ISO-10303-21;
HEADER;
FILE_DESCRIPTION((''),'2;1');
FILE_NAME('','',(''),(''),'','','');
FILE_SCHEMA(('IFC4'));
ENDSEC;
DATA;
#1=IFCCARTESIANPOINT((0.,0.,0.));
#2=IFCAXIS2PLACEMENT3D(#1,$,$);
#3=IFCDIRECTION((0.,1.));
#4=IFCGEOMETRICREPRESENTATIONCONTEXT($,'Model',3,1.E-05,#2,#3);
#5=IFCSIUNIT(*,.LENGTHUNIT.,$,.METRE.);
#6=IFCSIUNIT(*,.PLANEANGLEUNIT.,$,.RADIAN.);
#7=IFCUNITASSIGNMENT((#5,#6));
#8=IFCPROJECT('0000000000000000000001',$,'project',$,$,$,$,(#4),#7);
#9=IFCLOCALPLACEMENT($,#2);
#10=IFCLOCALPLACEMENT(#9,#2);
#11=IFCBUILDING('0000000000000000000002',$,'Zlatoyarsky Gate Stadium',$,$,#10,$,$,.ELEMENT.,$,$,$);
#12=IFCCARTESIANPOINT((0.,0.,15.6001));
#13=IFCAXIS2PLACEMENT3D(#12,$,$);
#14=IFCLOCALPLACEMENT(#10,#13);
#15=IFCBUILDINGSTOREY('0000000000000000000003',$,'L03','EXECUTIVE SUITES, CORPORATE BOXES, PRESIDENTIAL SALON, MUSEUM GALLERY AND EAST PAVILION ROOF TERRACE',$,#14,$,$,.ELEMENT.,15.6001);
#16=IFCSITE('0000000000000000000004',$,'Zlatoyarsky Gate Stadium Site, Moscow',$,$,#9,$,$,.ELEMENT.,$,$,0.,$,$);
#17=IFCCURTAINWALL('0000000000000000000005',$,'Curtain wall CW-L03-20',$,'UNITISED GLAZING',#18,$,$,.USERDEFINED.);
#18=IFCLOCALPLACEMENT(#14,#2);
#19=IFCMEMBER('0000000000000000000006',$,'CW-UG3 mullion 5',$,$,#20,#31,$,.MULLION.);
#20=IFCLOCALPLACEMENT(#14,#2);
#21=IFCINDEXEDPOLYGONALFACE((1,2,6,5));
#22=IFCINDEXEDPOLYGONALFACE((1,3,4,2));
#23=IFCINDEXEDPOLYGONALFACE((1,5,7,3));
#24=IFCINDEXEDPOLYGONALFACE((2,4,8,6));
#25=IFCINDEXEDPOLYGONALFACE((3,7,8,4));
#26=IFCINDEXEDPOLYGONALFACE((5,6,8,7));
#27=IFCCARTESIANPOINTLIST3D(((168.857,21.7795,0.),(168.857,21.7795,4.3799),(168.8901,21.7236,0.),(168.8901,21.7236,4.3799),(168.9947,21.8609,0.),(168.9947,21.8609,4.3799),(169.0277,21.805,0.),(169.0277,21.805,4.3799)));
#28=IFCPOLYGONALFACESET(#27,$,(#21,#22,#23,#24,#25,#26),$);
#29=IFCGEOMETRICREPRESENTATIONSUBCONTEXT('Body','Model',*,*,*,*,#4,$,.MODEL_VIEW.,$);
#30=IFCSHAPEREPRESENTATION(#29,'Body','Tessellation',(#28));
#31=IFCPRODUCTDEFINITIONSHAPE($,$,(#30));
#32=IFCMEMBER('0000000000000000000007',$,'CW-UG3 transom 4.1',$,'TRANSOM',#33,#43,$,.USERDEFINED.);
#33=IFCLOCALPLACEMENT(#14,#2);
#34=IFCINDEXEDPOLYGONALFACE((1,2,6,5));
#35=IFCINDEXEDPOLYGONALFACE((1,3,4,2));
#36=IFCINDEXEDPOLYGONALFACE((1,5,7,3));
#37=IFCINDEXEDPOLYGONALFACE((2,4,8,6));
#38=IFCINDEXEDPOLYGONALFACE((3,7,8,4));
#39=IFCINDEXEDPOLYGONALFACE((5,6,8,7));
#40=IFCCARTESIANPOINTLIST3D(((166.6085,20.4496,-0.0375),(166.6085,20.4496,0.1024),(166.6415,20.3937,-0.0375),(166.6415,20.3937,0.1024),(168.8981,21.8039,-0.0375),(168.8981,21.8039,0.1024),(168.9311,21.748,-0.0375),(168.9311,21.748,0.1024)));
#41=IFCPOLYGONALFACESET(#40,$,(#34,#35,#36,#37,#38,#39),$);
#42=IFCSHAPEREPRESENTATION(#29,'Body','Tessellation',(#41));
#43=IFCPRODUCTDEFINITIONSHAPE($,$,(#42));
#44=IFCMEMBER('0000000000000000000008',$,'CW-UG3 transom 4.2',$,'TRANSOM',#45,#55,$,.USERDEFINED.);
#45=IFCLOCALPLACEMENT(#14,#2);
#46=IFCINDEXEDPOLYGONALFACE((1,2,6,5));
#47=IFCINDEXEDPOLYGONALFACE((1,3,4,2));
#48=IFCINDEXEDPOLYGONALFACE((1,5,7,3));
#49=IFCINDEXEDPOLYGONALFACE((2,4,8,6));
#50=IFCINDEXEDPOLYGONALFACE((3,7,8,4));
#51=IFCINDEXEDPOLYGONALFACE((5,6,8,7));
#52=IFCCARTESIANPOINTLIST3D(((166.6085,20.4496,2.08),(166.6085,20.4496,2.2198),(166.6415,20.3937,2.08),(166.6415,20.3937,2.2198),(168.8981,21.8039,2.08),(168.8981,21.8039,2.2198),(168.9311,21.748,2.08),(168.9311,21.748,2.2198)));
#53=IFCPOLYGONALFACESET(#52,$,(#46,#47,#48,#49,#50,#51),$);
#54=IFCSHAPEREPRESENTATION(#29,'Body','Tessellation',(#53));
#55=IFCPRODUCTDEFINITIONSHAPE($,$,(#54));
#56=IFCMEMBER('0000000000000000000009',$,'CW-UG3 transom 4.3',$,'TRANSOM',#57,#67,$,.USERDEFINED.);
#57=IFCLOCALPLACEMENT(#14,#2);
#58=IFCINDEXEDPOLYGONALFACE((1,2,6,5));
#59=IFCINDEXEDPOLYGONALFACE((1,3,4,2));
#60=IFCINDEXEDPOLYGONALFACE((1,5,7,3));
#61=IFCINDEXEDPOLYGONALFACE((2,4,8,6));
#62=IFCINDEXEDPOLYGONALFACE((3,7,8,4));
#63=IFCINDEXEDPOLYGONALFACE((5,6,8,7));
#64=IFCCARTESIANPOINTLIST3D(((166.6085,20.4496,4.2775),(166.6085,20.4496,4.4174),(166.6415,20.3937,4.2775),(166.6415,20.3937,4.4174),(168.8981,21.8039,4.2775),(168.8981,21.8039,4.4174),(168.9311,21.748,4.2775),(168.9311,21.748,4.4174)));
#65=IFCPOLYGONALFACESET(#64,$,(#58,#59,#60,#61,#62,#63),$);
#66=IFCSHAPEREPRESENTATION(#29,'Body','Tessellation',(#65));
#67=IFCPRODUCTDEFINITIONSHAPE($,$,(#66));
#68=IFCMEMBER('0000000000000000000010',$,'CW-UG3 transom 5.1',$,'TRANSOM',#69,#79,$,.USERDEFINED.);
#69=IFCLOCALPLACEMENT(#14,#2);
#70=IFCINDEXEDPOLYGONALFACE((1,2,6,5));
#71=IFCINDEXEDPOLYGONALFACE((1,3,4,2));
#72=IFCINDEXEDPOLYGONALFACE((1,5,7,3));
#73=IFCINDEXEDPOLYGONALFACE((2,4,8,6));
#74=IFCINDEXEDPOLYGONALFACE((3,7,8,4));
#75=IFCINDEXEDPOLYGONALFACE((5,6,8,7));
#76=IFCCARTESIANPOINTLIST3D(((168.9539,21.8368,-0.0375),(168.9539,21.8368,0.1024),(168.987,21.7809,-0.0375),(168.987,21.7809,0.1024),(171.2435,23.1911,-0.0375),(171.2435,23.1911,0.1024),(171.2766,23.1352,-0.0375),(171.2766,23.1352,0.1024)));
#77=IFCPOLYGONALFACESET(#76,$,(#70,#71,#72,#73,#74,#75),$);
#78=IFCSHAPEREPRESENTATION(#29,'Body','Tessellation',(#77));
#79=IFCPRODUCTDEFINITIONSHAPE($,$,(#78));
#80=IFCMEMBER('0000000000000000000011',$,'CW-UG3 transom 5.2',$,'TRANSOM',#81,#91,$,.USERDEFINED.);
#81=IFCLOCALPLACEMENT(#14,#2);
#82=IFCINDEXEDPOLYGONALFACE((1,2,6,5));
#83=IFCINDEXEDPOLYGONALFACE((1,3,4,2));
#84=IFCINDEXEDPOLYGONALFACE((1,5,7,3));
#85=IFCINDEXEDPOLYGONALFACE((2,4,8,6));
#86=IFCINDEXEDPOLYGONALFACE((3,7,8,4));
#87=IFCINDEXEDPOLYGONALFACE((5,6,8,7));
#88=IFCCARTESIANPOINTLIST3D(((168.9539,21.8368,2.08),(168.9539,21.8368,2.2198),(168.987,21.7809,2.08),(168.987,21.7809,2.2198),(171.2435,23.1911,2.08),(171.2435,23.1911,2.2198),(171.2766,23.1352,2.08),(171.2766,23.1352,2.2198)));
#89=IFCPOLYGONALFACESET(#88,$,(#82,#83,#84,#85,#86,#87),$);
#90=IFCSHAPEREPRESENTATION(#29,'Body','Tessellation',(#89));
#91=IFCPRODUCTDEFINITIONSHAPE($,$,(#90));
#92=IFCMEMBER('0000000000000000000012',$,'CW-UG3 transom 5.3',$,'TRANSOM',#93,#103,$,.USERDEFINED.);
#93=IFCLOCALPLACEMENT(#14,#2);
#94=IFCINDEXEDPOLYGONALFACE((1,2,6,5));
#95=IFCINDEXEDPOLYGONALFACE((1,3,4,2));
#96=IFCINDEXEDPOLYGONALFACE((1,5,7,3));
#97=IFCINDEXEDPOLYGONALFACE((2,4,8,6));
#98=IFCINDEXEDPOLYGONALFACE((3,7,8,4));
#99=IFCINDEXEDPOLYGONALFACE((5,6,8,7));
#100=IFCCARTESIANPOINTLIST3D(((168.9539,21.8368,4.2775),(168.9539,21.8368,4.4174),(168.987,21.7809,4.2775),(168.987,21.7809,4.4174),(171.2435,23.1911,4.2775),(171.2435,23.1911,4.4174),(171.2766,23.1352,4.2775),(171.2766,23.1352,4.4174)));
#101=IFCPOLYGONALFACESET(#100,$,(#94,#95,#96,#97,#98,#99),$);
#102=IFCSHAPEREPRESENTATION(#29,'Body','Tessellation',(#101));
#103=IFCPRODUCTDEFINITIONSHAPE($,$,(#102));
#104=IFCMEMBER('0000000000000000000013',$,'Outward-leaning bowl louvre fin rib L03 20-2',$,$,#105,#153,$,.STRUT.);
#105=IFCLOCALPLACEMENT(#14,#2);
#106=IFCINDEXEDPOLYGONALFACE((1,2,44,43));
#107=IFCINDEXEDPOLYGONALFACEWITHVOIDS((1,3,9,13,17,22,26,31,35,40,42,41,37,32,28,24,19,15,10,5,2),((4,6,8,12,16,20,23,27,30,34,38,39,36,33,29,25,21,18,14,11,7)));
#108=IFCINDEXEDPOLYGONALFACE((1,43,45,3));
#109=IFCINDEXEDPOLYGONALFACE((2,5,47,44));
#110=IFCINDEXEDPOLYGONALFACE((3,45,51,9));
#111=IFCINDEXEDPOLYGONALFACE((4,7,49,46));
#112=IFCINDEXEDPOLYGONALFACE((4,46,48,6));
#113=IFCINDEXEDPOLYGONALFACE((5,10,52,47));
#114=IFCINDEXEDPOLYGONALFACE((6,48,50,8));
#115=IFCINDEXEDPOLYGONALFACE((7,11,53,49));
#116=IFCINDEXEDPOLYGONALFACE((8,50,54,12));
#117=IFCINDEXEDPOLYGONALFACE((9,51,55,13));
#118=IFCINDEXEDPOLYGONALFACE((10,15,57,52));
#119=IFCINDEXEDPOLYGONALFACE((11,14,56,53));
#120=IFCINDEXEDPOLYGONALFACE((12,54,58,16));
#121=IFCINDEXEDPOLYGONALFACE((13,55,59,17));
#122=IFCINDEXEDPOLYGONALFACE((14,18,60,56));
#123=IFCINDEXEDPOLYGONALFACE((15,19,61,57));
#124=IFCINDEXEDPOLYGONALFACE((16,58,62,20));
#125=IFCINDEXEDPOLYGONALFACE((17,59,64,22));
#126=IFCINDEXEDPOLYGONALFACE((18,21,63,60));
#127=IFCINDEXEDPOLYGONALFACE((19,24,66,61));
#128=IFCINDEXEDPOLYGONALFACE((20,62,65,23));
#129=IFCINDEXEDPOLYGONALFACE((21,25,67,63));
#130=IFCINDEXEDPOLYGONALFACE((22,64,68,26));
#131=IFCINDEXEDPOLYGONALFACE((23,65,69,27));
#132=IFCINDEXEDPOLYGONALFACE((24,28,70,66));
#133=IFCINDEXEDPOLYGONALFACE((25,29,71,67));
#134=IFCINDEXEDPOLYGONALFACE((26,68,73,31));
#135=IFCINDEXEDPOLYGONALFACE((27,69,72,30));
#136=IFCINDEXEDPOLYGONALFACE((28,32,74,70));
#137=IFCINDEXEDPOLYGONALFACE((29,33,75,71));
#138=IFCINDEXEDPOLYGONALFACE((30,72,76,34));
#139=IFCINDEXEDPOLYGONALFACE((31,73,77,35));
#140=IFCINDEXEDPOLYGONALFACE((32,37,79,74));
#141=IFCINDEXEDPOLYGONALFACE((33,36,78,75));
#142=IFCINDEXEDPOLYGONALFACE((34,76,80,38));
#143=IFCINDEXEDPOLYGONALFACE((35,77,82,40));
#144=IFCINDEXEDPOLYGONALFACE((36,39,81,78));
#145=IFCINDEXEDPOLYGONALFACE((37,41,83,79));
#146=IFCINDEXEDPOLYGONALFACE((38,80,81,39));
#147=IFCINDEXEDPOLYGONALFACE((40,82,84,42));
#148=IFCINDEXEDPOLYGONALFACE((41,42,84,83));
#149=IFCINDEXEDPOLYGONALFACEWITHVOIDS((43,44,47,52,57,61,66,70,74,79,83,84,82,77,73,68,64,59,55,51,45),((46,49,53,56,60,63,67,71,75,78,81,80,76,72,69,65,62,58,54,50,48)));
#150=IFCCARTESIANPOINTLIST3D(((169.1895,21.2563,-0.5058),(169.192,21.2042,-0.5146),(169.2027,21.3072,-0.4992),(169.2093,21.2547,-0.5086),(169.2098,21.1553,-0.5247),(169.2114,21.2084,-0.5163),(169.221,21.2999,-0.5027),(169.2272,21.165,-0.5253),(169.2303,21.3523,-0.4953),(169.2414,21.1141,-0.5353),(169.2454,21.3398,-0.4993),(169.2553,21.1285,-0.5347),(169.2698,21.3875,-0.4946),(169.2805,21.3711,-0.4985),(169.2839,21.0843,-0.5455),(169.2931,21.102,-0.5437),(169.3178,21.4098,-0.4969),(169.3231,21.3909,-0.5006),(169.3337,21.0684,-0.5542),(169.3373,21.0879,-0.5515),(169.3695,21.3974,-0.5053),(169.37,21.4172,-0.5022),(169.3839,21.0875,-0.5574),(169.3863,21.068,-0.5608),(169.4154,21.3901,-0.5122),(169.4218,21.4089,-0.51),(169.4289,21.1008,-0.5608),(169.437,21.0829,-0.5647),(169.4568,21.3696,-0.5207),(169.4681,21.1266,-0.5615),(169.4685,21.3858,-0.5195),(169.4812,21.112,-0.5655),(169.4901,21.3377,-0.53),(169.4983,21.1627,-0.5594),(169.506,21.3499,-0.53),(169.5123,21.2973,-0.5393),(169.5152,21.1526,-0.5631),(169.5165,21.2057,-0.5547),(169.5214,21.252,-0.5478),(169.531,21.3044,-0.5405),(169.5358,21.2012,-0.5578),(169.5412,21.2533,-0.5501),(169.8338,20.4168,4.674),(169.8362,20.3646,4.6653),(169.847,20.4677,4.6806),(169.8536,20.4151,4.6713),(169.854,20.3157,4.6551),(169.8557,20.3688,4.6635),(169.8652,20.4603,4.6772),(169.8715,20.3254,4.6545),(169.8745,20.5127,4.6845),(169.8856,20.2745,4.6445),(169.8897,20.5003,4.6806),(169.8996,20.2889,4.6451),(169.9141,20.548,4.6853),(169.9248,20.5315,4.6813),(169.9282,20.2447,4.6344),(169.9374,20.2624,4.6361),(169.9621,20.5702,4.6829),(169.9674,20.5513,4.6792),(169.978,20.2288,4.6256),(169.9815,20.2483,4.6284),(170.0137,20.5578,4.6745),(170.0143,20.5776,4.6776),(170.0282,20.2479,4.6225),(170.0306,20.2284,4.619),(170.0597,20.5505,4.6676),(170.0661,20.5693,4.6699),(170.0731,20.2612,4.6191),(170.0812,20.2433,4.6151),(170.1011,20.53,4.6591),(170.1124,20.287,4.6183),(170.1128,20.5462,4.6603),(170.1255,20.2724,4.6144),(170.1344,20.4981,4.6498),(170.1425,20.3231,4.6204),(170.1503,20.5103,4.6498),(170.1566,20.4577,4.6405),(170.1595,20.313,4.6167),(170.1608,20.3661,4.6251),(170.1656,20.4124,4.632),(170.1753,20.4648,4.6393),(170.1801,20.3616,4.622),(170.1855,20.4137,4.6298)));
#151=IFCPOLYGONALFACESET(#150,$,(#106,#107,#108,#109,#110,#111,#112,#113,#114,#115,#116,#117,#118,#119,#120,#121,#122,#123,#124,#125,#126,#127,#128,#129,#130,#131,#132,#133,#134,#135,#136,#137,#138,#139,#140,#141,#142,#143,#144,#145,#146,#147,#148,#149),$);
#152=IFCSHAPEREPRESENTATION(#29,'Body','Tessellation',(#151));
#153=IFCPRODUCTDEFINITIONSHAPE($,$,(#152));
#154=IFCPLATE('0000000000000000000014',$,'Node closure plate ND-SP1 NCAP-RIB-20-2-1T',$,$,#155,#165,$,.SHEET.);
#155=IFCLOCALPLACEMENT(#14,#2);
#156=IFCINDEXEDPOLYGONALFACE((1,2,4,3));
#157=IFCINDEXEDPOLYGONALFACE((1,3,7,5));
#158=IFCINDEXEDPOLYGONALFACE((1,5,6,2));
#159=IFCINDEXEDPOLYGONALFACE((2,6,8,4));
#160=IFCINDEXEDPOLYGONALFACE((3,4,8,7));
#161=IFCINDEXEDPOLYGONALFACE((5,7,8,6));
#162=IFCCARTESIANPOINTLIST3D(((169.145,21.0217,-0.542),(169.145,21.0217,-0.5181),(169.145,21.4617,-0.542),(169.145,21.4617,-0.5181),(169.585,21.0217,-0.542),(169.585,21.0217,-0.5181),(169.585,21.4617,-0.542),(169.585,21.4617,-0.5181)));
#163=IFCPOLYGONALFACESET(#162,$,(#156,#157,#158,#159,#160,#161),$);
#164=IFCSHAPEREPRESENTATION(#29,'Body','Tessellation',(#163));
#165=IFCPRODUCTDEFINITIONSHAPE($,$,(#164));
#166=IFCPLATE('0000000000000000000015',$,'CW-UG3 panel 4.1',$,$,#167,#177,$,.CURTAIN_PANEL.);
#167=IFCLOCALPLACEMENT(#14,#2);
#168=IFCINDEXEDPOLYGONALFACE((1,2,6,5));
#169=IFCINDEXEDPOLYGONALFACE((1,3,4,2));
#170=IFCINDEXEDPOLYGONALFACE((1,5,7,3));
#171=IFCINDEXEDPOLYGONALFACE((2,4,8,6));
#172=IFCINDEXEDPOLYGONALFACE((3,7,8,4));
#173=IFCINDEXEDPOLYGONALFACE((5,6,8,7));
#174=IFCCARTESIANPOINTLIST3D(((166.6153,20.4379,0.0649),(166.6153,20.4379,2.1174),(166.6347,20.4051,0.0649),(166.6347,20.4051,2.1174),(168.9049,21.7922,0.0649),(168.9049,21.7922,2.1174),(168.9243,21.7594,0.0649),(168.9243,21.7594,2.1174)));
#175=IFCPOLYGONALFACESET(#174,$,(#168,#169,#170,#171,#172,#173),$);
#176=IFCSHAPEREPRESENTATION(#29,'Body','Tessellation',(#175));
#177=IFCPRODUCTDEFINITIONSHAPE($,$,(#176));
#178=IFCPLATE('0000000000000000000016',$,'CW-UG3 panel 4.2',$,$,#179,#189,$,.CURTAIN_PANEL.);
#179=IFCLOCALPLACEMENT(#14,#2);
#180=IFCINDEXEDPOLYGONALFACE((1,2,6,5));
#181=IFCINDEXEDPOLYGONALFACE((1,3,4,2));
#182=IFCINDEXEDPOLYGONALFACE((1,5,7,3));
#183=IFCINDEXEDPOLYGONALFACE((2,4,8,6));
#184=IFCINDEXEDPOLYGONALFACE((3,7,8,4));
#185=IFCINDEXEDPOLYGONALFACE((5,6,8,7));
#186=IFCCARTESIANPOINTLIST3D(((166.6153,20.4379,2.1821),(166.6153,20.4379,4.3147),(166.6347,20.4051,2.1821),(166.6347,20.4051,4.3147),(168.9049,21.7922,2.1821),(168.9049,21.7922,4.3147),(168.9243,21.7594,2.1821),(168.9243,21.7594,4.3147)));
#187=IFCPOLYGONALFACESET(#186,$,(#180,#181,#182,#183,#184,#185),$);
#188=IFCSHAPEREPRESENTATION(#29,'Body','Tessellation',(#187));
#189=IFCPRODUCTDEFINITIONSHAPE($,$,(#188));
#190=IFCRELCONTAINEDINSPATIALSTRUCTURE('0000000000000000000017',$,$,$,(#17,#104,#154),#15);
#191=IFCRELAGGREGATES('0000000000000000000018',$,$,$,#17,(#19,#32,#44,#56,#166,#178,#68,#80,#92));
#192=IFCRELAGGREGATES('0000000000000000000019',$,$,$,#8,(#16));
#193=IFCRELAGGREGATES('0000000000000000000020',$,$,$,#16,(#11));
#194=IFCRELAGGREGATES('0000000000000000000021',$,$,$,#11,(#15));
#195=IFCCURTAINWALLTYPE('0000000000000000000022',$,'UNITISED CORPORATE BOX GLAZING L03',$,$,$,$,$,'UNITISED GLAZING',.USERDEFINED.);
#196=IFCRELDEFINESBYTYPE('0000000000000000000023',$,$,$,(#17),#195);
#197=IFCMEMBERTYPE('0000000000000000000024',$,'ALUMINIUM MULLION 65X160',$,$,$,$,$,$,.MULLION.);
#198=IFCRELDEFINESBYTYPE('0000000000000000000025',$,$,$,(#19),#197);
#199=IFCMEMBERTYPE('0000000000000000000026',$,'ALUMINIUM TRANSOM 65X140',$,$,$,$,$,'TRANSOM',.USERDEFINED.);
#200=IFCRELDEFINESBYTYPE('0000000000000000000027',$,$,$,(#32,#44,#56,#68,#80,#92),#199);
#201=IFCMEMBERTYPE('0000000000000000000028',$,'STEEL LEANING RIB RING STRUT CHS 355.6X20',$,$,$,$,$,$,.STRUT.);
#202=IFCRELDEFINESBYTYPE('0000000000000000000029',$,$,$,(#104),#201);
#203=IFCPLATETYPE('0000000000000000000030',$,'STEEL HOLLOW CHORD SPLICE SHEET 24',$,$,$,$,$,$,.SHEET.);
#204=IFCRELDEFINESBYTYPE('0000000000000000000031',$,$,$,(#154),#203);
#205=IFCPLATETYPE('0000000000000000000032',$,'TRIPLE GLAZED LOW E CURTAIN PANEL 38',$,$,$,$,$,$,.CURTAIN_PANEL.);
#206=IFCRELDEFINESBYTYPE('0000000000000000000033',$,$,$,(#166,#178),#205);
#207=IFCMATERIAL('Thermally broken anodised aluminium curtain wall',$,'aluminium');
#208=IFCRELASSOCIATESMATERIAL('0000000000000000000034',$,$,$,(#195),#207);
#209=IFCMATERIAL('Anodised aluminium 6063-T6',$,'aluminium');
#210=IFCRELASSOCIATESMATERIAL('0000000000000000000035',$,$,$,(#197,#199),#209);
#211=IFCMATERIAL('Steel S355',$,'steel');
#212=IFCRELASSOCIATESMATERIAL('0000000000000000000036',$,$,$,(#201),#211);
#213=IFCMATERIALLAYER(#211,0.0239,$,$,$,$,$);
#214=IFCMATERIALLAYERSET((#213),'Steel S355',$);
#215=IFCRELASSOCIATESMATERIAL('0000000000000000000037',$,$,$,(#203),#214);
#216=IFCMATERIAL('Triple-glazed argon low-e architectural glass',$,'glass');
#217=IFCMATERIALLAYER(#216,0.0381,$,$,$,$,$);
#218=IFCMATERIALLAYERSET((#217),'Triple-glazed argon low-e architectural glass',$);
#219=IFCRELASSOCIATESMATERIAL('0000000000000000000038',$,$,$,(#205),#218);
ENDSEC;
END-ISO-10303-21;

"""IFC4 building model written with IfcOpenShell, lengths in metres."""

from ifc_helpers import new_model, si_unit, direction, frame, origin, origin_2d, place, context, subcontext, project, spatial, rectangle, hollow_circle, extrude, material, layer, layer_set, material_profile, profile_set, type_object, element, aggregate, save


model = new_model("IFC4")

# Units and contexts
model_context = context("Model", 3, precision=1e-05, world=origin(), true_north=direction((0.0, 1.0)))
body_context = subcontext(model_context, "Body", "Model", "MODEL_VIEW")
ifc_project = project(units=[si_unit("LENGTHUNIT", "METRE"), si_unit("PLANEANGLEUNIT", "RADIAN")], contexts=[model_context])

# Site, building, storey
site_placement = place(None, origin())
site = spatial("IfcSite", under=ifc_project, at=site_placement, Name="Zlatoyarsky Gate Stadium Site, Moscow", CompositionType="ELEMENT", RefElevation=0.0)
building_placement = place(site_placement, origin())
building = spatial("IfcBuilding", under=site, at=building_placement, Name="Zlatoyarsky Gate Stadium", CompositionType="ELEMENT")
storey_placement = place(building_placement, frame((0.0, 0.0, 15.6001)))
storey = spatial("IfcBuildingStorey", under=building, at=storey_placement, Name="L03", Description="EXECUTIVE SUITES, CORPORATE BOXES, PRESIDENTIAL SALON, MUSEUM GALLERY AND EAST PAVILION ROOF TERRACE", CompositionType="ELEMENT", Elevation=15.6001)

# Curtain wall, members
ifc_material_1 = material(Name="Thermally broken anodised aluminium curtain wall", Category="aluminium")
curtain_wall_type = type_object("IfcCurtainWallType", Name="UNITISED CORPORATE BOX GLAZING L03", ElementType="UNITISED GLAZING", PredefinedType="USERDEFINED", material=ifc_material_1)
curtain_wall_placement = place(storey_placement, origin())
curtain_wall = element("IfcCurtainWall", 1, at=curtain_wall_placement, inside=storey, type_object=curtain_wall_type, Name="Curtain wall CW-L03-20", ObjectType="UNITISED GLAZING", PredefinedType="USERDEFINED")
ifc_material_2 = material(Name="Anodised aluminium 6063-T6", Category="aluminium")
ifc_material_profile_1 = material_profile(ifc_material_2, rectangle(XDim=0.0649, YDim=0.1599, at=origin_2d()), Name="ALU 65X160")
ifc_profile_set_1 = profile_set([ifc_material_profile_1], Name="Anodised aluminium 6063-T6")
member_type_1 = type_object("IfcMemberType", Name="ALUMINIUM MULLION 65X160", PredefinedType="MULLION", material=ifc_profile_set_1)
member_1_placement = place(storey_placement, frame((168.9424, 21.7922, 0.0), z_axis=(0.0, 0.0, 1.0), x_axis=(-0.509098, 0.860708, 0.0)))
member_1 = element("IfcMember", 2, at=member_1_placement, type_object=member_type_1, Name="CW-UG3 mullion 5", PredefinedType="MULLION", context=body_context, shape_type="SweptSolid", body=[
    extrude(rectangle(XDim=0.0649, YDim=0.1599, at=origin_2d()), origin(), (0.0, 0.0, 1.0), 4.3799),
])
ifc_material_profile_2 = material_profile(ifc_material_2, rectangle(XDim=0.0649, YDim=0.1399, at=origin_2d()), Name="ALU 65X140")
ifc_profile_set_2 = profile_set([ifc_material_profile_2], Name="Anodised aluminium 6063-T6")
member_type_2 = type_object("IfcMemberType", Name="ALUMINIUM TRANSOM 65X140", ElementType="TRANSOM", PredefinedType="USERDEFINED", material=ifc_profile_set_2)
member_2_placement = place(storey_placement, frame((166.625, 20.4216, 0.0325), z_axis=(0.860707, 0.5091, 0.0), x_axis=(-0.5091, 0.860707, 0.0)))
member_2 = element("IfcMember", 3, at=member_2_placement, type_object=member_type_2, Name="CW-UG3 transom 4.1", ObjectType="TRANSOM", PredefinedType="USERDEFINED", context=body_context, shape_type="SweptSolid", body=[
    extrude(rectangle(XDim=0.0649, YDim=0.1399, at=origin_2d()), origin(), (0.0, 0.0, 1.0), 2.6602),
])
member_3_placement = place(storey_placement, frame((166.625, 20.4216, 2.1499), z_axis=(0.860707, 0.5091, 0.0), x_axis=(-0.5091, 0.860707, 0.0)))
member_3 = element("IfcMember", 4, at=member_3_placement, type_object=member_type_2, Name="CW-UG3 transom 4.2", ObjectType="TRANSOM", PredefinedType="USERDEFINED", context=body_context, shape_type="SweptSolid", body=[
    extrude(rectangle(XDim=0.0649, YDim=0.1399, at=origin_2d()), origin(), (0.0, 0.0, 1.0), 2.6602),
])
member_4_placement = place(storey_placement, frame((166.625, 20.4216, 4.3474), z_axis=(0.860707, 0.5091, 0.0), x_axis=(-0.5091, 0.860707, 0.0)))
member_4 = element("IfcMember", 5, at=member_4_placement, type_object=member_type_2, Name="CW-UG3 transom 4.3", ObjectType="TRANSOM", PredefinedType="USERDEFINED", context=body_context, shape_type="SweptSolid", body=[
    extrude(rectangle(XDim=0.0649, YDim=0.1399, at=origin_2d()), origin(), (0.0, 0.0, 1.0), 2.6602),
])
member_5_placement = place(storey_placement, frame((168.9705, 21.8088, 0.0325), z_axis=(0.860707, 0.5091, 0.0), x_axis=(-0.5091, 0.860707, 0.0)))
member_5 = element("IfcMember", 6, at=member_5_placement, type_object=member_type_2, Name="CW-UG3 transom 5.1", ObjectType="TRANSOM", PredefinedType="USERDEFINED", context=body_context, shape_type="SweptSolid", body=[
    extrude(rectangle(XDim=0.0649, YDim=0.1399, at=origin_2d()), origin(), (0.0, 0.0, 1.0), 2.6602),
])
member_6_placement = place(storey_placement, frame((168.9705, 21.8088, 2.1499), z_axis=(0.860707, 0.5091, 0.0), x_axis=(-0.5091, 0.860707, 0.0)))
member_6 = element("IfcMember", 7, at=member_6_placement, type_object=member_type_2, Name="CW-UG3 transom 5.2", ObjectType="TRANSOM", PredefinedType="USERDEFINED", context=body_context, shape_type="SweptSolid", body=[
    extrude(rectangle(XDim=0.0649, YDim=0.1399, at=origin_2d()), origin(), (0.0, 0.0, 1.0), 2.6602),
])
member_7_placement = place(storey_placement, frame((168.9705, 21.8088, 4.3474), z_axis=(0.860707, 0.5091, 0.0), x_axis=(-0.5091, 0.860707, 0.0)))
member_7 = element("IfcMember", 8, at=member_7_placement, type_object=member_type_2, Name="CW-UG3 transom 5.3", ObjectType="TRANSOM", PredefinedType="USERDEFINED", context=body_context, shape_type="SweptSolid", body=[
    extrude(rectangle(XDim=0.0649, YDim=0.1399, at=origin_2d()), origin(), (0.0, 0.0, 1.0), 2.6602),
])

# Member
ifc_material_3 = material(Name="Steel S355", Category="steel")
ifc_material_profile_3 = material_profile(ifc_material_3, hollow_circle(Radius=0.1777, WallThickness=0.02, at=origin_2d()), Name="CHS 355.6X20")
ifc_profile_set_3 = profile_set([ifc_material_profile_3], Name="Steel S355")
member_type_3 = type_object("IfcMemberType", Name="STEEL LEANING RIB RING STRUT CHS 355.6X20", PredefinedType="STRUT", material=ifc_profile_set_3)
member_8_placement = place(storey_placement, frame((169.365, 21.2417, -0.53), z_axis=(0.121864, -0.158806, 0.97976), x_axis=(0.793335, 0.608785, 0.0)))
element("IfcMember", 9, at=member_8_placement, inside=storey, type_object=member_type_3, Name="Outward-leaning bowl louvre fin rib L03 20-2", PredefinedType="STRUT", context=body_context, shape_type="SweptSolid", body=[
    extrude(hollow_circle(Radius=0.1777, WallThickness=0.02, at=origin_2d()), origin(), (0.0, 0.0, 1.0), 5.2869),
])

# Plates
ifc_layer_1 = layer(ifc_material_3, 0.0239)
ifc_layer_set_1 = layer_set([ifc_layer_1], Name="Steel S355")
plate_type_1 = type_object("IfcPlateType", Name="STEEL HOLLOW CHORD SPLICE SHEET 24", PredefinedType="SHEET", material=ifc_layer_set_1)
plate_1_placement = place(storey_placement, frame((169.365, 21.2417, -0.542), z_axis=(0.0, 0.0, 1.0), x_axis=(1.0, 0.0, 0.0)))
element("IfcPlate", 10, at=plate_1_placement, inside=storey, type_object=plate_type_1, Name="Node closure plate ND-SP1 NCAP-RIB-20-2-1T", PredefinedType="SHEET", context=body_context, shape_type="SweptSolid", body=[
    extrude(rectangle(XDim=0.4399, YDim=0.4399, at=origin_2d()), origin(), (0.0, 0.0, 1.0), 0.0239),
])
ifc_material_4 = material(Name="Triple-glazed argon low-e architectural glass", Category="glass")
ifc_layer_2 = layer(ifc_material_4, 0.0381)
ifc_layer_set_2 = layer_set([ifc_layer_2], Name="Triple-glazed argon low-e architectural glass")
plate_type_2 = type_object("IfcPlateType", Name="TRIPLE GLAZED LOW E CURTAIN PANEL 38", PredefinedType="CURTAIN_PANEL", material=ifc_layer_set_2)
plate_2_placement = place(storey_placement, frame((167.7698, 21.0986, 0.0649), z_axis=(0.0, 0.0, 1.0), x_axis=(0.860708, 0.509098, 0.0)))
plate_2 = element("IfcPlate", 11, at=plate_2_placement, type_object=plate_type_2, Name="CW-UG3 panel 4.1", PredefinedType="CURTAIN_PANEL", context=body_context, shape_type="SweptSolid", body=[
    extrude(rectangle(XDim=2.6602, YDim=0.0381, at=origin_2d()), origin(), (0.0, 0.0, 1.0), 2.0525),
])
plate_3_placement = place(storey_placement, frame((167.7698, 21.0986, 2.1821), z_axis=(0.0, 0.0, 1.0), x_axis=(0.860708, 0.509098, 0.0)))
plate_3 = element("IfcPlate", 12, at=plate_3_placement, type_object=plate_type_2, Name="CW-UG3 panel 4.2", PredefinedType="CURTAIN_PANEL", context=body_context, shape_type="SweptSolid", body=[
    extrude(rectangle(XDim=2.6602, YDim=0.0381, at=origin_2d()), origin(), (0.0, 0.0, 1.0), 2.1326),
])
aggregate(curtain_wall, [member_1, member_2, member_3, member_4, plate_2, plate_3, member_5, member_6, member_7])

save(model, "model.ifc")
